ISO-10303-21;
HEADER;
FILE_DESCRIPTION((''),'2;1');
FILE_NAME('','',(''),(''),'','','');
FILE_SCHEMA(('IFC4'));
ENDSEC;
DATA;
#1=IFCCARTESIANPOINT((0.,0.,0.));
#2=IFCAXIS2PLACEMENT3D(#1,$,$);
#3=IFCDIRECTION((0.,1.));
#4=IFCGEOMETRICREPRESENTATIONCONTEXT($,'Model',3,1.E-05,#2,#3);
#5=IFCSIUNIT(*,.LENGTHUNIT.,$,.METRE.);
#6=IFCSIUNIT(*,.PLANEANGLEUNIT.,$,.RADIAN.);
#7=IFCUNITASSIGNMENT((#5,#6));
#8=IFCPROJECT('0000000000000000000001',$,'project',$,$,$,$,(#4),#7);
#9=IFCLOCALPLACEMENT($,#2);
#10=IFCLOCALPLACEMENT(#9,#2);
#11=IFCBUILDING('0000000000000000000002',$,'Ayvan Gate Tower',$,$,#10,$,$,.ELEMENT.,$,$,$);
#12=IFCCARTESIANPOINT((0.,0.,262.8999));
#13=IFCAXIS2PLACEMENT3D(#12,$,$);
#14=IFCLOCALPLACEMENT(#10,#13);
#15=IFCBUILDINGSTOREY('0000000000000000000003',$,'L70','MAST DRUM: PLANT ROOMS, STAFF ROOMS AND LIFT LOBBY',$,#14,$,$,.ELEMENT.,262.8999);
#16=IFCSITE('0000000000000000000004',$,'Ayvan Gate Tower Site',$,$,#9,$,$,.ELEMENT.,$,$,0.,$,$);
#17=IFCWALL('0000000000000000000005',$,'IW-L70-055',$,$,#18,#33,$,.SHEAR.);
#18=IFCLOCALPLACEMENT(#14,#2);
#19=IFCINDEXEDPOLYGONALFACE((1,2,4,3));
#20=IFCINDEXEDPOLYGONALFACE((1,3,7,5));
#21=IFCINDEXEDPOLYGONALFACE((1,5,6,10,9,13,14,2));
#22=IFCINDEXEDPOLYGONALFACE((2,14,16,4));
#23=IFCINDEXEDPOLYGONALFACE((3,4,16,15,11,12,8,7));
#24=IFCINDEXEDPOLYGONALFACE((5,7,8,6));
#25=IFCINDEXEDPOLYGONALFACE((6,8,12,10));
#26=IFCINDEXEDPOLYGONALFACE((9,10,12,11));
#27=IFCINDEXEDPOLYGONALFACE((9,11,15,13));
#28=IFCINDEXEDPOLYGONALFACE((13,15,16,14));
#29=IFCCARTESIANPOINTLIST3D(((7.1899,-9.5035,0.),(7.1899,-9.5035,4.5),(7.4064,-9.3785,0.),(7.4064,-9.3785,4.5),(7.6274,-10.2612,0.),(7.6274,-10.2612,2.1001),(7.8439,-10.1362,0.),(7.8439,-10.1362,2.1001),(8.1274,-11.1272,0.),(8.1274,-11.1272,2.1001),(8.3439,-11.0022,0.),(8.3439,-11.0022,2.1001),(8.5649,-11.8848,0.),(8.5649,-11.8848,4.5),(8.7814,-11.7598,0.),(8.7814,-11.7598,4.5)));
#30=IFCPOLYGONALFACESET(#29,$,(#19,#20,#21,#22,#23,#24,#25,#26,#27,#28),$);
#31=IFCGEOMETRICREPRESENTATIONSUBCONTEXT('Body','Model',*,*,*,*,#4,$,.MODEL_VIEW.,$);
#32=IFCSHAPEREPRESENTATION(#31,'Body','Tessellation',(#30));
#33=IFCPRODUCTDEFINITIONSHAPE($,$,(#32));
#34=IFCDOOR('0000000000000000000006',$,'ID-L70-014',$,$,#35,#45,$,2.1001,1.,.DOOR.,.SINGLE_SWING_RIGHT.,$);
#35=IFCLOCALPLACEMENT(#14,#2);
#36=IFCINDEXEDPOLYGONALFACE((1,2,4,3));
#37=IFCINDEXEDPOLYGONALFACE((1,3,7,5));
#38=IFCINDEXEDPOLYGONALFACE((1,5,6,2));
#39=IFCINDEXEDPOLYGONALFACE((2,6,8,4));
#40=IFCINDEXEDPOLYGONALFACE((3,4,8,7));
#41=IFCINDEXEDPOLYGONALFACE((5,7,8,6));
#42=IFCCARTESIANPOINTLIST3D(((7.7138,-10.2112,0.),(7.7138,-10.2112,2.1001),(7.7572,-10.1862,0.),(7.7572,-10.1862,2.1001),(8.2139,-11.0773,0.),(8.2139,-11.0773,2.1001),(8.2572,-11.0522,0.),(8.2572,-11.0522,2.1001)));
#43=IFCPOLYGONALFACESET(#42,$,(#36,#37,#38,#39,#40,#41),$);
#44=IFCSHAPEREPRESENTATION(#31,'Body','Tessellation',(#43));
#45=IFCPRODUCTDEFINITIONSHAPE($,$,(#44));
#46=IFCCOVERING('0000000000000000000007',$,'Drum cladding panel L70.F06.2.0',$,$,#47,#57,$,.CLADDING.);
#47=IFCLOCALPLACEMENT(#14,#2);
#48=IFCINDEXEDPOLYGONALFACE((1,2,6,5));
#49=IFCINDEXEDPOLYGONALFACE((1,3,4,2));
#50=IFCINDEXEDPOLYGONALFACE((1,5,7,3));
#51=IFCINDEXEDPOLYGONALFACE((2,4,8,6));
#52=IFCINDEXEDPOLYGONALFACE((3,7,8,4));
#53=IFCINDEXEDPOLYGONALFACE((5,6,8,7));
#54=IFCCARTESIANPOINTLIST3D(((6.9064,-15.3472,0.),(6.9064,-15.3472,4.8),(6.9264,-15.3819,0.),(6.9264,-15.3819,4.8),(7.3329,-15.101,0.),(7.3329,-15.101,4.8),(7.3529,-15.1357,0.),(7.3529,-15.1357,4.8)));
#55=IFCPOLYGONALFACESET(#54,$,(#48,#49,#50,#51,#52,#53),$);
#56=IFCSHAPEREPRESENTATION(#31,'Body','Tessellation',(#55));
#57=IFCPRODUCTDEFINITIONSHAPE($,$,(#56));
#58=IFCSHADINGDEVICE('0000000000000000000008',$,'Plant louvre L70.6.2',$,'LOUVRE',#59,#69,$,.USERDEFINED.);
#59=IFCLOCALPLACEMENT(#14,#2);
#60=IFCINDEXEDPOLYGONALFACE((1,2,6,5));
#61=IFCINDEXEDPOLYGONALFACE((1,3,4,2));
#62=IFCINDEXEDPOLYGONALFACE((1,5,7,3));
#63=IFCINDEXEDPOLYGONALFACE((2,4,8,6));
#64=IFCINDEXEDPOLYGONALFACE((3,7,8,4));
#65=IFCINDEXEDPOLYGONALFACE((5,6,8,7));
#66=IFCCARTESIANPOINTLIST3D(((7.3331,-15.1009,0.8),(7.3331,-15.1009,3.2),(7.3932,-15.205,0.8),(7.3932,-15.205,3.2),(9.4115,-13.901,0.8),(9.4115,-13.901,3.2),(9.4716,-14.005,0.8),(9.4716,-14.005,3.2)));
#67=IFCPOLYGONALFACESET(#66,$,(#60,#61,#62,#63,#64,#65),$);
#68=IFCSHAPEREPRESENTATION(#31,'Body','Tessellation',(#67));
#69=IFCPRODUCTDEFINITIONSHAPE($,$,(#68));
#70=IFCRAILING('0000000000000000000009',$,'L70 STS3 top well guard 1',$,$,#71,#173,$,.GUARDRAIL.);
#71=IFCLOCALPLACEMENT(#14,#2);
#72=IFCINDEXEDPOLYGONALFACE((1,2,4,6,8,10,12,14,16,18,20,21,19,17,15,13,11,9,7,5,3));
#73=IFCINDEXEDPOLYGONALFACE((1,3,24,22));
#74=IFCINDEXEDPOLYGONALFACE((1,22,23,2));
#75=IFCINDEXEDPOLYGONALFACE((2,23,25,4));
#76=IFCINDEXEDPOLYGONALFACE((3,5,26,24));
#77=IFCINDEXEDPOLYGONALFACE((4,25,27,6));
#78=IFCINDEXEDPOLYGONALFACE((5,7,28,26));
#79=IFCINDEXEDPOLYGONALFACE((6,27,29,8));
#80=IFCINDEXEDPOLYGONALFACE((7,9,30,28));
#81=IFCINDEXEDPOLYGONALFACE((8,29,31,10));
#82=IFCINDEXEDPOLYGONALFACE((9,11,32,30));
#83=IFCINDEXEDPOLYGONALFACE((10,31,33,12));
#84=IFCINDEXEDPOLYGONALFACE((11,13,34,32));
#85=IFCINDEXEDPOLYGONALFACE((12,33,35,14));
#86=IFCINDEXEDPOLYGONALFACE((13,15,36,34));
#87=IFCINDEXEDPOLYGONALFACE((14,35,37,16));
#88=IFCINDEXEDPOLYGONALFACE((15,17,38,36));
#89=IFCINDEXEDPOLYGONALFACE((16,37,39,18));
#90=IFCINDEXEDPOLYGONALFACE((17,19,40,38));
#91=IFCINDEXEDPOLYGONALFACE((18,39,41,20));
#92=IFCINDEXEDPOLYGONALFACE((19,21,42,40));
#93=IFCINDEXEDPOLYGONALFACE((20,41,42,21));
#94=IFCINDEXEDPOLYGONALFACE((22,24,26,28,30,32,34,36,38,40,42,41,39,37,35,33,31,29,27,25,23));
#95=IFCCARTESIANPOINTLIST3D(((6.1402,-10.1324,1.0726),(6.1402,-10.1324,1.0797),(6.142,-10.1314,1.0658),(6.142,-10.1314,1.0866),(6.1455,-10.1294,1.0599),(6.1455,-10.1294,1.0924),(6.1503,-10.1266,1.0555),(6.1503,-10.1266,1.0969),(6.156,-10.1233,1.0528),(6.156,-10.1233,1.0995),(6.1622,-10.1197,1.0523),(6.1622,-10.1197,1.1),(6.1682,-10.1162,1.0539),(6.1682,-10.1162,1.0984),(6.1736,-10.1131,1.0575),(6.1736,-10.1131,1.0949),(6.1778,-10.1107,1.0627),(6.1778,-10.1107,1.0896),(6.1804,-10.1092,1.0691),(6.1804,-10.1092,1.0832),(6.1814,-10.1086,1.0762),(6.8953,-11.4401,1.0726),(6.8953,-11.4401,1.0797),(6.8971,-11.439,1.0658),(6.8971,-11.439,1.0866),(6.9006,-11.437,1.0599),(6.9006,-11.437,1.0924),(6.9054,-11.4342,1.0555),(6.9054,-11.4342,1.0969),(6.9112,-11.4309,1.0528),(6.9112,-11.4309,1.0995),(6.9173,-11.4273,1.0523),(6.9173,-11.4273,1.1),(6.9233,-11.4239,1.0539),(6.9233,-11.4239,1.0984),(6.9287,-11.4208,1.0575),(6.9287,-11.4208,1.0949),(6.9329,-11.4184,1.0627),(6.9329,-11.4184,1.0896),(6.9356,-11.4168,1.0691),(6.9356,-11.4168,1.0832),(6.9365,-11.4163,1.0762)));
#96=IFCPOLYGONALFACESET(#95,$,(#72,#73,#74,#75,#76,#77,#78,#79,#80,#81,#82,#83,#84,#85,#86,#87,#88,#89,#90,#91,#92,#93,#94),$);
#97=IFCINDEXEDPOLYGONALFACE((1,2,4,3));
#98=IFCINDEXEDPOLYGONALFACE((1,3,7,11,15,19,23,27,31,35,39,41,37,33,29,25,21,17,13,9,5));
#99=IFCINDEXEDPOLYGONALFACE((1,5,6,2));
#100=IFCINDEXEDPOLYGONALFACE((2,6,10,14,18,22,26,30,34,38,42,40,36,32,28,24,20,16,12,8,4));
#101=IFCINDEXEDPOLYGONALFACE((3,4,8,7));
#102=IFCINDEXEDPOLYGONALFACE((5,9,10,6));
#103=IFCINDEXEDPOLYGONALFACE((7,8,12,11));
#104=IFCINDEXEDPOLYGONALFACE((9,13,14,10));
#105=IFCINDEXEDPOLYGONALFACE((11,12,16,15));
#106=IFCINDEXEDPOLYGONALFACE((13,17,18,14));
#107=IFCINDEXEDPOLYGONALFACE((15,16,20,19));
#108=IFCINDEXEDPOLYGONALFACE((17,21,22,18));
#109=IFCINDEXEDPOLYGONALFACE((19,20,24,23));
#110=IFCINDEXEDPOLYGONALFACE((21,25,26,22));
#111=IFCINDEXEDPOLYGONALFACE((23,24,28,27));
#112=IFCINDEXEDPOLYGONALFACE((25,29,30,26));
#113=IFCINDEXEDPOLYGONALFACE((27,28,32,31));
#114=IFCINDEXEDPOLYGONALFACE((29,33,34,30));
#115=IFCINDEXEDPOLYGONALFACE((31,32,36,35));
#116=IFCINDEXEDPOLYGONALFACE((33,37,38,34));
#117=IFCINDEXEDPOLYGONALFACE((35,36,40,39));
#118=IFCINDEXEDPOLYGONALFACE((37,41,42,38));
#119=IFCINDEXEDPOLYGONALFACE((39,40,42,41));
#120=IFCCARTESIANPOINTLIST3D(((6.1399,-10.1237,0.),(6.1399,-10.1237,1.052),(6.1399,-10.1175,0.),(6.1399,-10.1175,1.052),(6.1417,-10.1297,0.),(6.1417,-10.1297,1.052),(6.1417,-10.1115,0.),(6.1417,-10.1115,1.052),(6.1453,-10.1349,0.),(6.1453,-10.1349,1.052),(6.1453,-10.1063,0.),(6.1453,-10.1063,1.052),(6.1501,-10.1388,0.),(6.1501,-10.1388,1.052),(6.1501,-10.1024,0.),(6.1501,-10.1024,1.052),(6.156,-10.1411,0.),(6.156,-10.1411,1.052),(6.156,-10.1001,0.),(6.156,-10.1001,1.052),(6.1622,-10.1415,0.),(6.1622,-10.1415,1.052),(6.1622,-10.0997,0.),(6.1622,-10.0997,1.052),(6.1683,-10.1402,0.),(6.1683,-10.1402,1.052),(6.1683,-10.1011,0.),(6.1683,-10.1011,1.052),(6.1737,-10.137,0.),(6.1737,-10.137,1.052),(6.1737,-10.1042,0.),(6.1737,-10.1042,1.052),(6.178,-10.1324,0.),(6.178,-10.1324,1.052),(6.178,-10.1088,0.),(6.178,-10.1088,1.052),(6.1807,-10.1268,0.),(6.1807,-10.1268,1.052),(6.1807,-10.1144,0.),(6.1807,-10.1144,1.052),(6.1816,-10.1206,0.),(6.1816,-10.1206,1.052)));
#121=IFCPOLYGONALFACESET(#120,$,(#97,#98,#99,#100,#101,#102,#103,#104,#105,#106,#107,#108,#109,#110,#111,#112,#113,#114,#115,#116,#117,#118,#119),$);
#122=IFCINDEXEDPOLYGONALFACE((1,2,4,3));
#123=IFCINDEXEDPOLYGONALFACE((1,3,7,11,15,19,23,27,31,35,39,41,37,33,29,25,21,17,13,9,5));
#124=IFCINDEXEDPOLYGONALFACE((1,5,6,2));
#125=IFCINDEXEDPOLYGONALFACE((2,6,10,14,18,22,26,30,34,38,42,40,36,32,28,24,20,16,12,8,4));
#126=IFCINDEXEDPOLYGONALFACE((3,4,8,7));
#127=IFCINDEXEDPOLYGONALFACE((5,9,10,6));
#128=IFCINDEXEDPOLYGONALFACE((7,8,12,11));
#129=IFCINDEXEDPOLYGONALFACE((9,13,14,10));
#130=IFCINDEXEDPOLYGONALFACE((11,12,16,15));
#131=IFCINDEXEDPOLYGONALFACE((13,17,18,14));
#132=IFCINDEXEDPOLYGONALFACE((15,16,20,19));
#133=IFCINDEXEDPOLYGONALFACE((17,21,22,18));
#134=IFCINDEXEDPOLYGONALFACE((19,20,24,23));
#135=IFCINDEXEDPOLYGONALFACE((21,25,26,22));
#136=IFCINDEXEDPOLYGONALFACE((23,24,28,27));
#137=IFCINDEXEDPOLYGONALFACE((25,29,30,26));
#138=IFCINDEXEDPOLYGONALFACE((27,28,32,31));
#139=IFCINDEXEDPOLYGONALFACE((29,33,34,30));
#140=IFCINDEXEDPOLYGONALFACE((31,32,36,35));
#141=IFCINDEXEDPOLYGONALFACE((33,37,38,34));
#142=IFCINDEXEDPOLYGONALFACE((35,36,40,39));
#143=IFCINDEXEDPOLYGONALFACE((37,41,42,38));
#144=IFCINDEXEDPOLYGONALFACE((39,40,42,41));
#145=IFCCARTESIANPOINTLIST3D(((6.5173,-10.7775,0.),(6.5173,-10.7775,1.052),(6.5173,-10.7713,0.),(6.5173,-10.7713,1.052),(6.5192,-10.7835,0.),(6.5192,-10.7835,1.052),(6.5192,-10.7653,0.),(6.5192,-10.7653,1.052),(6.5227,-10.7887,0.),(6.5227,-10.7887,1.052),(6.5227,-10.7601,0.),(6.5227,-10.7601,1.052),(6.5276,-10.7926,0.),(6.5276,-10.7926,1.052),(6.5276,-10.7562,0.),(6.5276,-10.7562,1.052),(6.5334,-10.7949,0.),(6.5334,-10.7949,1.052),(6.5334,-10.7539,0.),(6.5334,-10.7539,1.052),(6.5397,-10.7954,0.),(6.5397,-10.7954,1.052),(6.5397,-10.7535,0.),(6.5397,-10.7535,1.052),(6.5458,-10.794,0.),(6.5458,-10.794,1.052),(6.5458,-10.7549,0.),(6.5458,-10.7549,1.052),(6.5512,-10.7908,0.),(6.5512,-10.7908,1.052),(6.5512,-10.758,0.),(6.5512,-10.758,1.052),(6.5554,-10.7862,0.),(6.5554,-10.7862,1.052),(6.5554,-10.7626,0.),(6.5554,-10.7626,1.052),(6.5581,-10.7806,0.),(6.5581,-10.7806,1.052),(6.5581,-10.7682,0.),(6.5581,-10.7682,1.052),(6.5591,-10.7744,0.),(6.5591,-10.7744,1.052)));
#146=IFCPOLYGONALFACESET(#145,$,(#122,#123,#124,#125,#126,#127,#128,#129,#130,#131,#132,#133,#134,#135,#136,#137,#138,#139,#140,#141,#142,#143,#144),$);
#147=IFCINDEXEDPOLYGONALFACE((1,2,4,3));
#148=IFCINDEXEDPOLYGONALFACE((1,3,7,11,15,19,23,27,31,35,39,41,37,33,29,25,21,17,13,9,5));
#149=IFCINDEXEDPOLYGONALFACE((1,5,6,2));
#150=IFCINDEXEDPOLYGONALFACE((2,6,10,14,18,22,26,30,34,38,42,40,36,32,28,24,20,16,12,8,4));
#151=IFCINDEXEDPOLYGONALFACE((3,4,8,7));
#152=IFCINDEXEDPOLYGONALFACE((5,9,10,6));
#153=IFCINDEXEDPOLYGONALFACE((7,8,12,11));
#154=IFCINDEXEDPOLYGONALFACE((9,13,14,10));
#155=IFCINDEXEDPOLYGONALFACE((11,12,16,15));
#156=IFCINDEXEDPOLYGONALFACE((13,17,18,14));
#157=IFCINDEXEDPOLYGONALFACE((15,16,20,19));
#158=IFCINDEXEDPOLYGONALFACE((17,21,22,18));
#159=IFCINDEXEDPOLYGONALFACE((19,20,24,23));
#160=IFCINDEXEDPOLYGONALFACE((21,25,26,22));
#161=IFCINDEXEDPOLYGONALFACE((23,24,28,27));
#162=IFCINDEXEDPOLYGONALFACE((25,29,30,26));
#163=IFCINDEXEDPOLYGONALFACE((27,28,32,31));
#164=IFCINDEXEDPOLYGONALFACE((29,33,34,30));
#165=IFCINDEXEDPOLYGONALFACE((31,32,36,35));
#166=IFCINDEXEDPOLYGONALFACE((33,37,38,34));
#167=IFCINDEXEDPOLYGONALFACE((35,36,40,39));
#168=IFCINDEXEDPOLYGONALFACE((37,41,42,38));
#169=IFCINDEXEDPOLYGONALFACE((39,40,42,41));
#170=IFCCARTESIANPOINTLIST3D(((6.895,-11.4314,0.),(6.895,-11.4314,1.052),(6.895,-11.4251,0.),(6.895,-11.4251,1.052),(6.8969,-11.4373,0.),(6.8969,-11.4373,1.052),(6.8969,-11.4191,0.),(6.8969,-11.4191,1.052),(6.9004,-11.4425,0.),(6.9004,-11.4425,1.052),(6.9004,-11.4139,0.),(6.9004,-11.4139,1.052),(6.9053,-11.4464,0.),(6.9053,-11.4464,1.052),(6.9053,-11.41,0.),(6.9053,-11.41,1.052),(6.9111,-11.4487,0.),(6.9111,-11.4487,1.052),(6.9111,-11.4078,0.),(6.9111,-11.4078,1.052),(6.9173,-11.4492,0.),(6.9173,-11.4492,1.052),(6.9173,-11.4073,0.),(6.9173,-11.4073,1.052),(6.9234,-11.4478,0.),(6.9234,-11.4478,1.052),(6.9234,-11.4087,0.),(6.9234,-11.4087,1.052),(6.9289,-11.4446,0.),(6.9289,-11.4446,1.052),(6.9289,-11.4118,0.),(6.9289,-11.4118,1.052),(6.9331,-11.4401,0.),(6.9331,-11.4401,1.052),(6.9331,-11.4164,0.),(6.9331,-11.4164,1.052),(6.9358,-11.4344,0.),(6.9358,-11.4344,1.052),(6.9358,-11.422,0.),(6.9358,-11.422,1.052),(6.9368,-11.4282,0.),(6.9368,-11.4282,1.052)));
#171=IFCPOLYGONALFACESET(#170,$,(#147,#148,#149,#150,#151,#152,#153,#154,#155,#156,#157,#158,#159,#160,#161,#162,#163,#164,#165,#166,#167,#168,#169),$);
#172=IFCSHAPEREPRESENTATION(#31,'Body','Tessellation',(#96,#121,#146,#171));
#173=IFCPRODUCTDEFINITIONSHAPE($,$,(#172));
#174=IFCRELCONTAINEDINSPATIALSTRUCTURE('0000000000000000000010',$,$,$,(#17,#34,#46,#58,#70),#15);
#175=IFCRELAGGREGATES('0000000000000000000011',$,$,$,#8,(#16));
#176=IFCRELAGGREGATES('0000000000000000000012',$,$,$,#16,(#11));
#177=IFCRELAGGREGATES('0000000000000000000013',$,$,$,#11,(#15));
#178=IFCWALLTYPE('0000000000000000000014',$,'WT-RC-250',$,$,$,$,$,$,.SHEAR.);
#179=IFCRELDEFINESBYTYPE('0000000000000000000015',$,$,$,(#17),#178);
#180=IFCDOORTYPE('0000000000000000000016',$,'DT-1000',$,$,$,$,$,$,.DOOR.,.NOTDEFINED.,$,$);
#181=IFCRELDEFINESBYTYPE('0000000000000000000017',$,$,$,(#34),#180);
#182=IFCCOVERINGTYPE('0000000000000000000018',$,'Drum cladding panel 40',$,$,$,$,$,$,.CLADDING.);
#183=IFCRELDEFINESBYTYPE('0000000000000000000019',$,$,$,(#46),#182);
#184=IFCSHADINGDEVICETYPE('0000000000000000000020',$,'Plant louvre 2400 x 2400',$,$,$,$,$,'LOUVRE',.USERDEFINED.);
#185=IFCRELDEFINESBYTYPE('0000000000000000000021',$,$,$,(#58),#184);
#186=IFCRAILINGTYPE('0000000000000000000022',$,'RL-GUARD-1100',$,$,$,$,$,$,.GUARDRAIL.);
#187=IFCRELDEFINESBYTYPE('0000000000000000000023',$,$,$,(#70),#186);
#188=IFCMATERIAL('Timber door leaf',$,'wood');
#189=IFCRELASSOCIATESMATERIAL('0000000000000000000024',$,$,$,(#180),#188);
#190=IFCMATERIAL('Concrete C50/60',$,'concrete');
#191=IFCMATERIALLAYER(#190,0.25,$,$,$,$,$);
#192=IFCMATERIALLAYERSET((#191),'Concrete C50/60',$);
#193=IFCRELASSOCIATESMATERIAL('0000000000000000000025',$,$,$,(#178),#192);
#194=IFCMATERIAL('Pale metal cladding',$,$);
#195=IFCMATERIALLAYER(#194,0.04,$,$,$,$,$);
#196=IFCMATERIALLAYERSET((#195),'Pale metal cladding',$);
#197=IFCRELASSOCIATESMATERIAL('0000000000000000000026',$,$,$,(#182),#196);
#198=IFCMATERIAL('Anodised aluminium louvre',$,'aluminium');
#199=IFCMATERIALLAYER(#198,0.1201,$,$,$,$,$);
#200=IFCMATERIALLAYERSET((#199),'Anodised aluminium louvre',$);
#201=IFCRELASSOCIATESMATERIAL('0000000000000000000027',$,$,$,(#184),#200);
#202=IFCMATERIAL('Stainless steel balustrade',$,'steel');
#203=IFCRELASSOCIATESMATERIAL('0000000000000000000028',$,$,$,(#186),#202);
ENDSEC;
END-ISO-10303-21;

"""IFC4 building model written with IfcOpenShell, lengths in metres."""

from ifc_helpers import new_model, si_unit, direction, frame, frame_2d, origin, origin_2d, place, context, subcontext, project, spatial, rectangle, circle, extrude, material, layer, layer_set, type_object, element, fill, save


model = new_model("IFC4")

# Units and contexts
model_context = context("Model", 3, precision=1e-05, world=origin(), true_north=direction((0.0, 1.0)))
body_context = subcontext(model_context, "Body", "Model", "MODEL_VIEW")
ifc_project = project(units=[si_unit("LENGTHUNIT", "METRE"), si_unit("PLANEANGLEUNIT", "RADIAN")], contexts=[model_context])

# Site, building, storey
site_placement = place(None, origin())
site = spatial("IfcSite", under=ifc_project, at=site_placement, Name="Ayvan Gate Tower Site", CompositionType="ELEMENT", RefElevation=0.0)
building_placement = place(site_placement, origin())
building = spatial("IfcBuilding", under=site, at=building_placement, Name="Ayvan Gate Tower", CompositionType="ELEMENT")
storey_placement = place(building_placement, frame((0.0, 0.0, 262.8999)))
storey = spatial("IfcBuildingStorey", under=building, at=storey_placement, Name="L70", Description="MAST DRUM: PLANT ROOMS, STAFF ROOMS AND LIFT LOBBY", CompositionType="ELEMENT", Elevation=262.8999)

# Shared definitions
ifc_material_1 = material(Name="Timber door leaf", Category="wood")

# Shared definitions
door_type_1 = type_object("IfcDoorType", Name="DT-1000", OperationType="NOTDEFINED", PredefinedType="DOOR", material=ifc_material_1)

# Shared definitions
ifc_material_2 = material(Name="Concrete C50/60", Category="concrete")
ifc_layer_1 = layer(ifc_material_2, 0.25)
ifc_layer_set_1 = layer_set([ifc_layer_1], Name="Concrete C50/60")
wall_type_1 = type_object("IfcWallType", Name="WT-RC-250", PredefinedType="SHEAR", material=ifc_layer_set_1)

# Wall, opening, door
wall_1_placement = place(storey_placement, frame((7.2981, -9.4409, 0.0), z_axis=(0.0, 0.0, 1.0), x_axis=(0.500035, -0.866005, 0.0)))
wall_1 = element("IfcWall", 1, at=wall_1_placement, inside=storey, type_object=wall_type_1, Name="IW-L70-055", PredefinedType="SHEAR", context=body_context, shape_type="SweptSolid", body=[
    extrude(rectangle(XDim=2.7498, YDim=0.25, at=frame_2d((1.375, 0.0))), origin(), (0.0, 0.0, 1.0), 4.5),
])
opening_1_placement = place(wall_1_placement, frame((0.875, 0.0, 0.0)))
opening_1 = element("IfcOpeningElement", 2, at=opening_1_placement, cuts=wall_1, PredefinedType="OPENING", context=body_context, shape_type="SweptSolid", body=[
    extrude(rectangle(XDim=1.0, YDim=2.1001, at=frame_2d((0.5, 1.05))), frame((0.0, 0.135, 0.0), z_axis=(0.0, -1.0, 0.0), x_axis=(1.0, 0.0, 0.0)), (0.0, 0.0, 1.0), 0.27),
])
door_1_placement = place(opening_1_placement, origin())
door_1 = element("IfcDoor", 3, at=door_1_placement, inside=storey, type_object=door_type_1, Name="ID-L70-014", OperationType="SINGLE_SWING_RIGHT", OverallHeight=2.1001, OverallWidth=1.0, PredefinedType="DOOR", context=body_context, shape_type="SweptSolid", body=[
    extrude(rectangle(XDim=1.0, YDim=2.1001, at=frame_2d((0.5, 1.05))), frame((0.0, 0.0249, 0.0), z_axis=(0.0, -1.0, 0.0), x_axis=(1.0, 0.0, 0.0)), (0.0, 0.0, 1.0), 0.05),
])
fill(opening_1, door_1)

# Covering
ifc_material_3 = material(Name="Pale metal cladding")
ifc_layer_2 = layer(ifc_material_3, 0.04)
ifc_layer_set_2 = layer_set([ifc_layer_2], Name="Pale metal cladding")
covering_type = type_object("IfcCoveringType", Name="Drum cladding panel 40", PredefinedType="CLADDING", material=ifc_layer_set_2)
covering_placement = place(storey_placement, frame((7.1296, -15.2415, 0.0), z_axis=(0.0, 0.0, 1.0), x_axis=(0.866025, 0.5, 0.0)))
element("IfcCovering", 4, at=covering_placement, inside=storey, type_object=covering_type, Name="Drum cladding panel L70.F06.2.0", PredefinedType="CLADDING", context=body_context, shape_type="SweptSolid", body=[
    extrude(rectangle(XDim=0.4924, YDim=0.04, at=origin_2d()), origin(), (0.0, 0.0, 1.0), 4.8),
])

# Shading device
ifc_material_4 = material(Name="Anodised aluminium louvre", Category="aluminium")
ifc_layer_3 = layer(ifc_material_4, 0.1201)
ifc_layer_set_3 = layer_set([ifc_layer_3], Name="Anodised aluminium louvre")
shading_device_type = type_object("IfcShadingDeviceType", Name="Plant louvre 2400 x 2400", ElementType="LOUVRE", PredefinedType="USERDEFINED", material=ifc_layer_set_3)
shading_device_placement = place(storey_placement, frame((8.4023, -14.553, 0.8), z_axis=(0.0, 0.0, 1.0), x_axis=(0.866025, 0.5, 0.0)))
element("IfcShadingDevice", 5, at=shading_device_placement, inside=storey, type_object=shading_device_type, Name="Plant louvre L70.6.2", ObjectType="LOUVRE", PredefinedType="USERDEFINED", context=body_context, shape_type="SweptSolid", body=[
    extrude(rectangle(XDim=2.3999, YDim=0.1201, at=origin_2d()), origin(), (0.0, 0.0, 1.0), 2.3999),
])

# Railing
ifc_material_5 = material(Name="Stainless steel balustrade", Category="steel")
railing_type = type_object("IfcRailingType", Name="RL-GUARD-1100", PredefinedType="GUARDRAIL", material=ifc_material_5)
railing_placement = place(storey_placement, frame((6.1606, -10.1206, 0.0)))
element("IfcRailing", 6, at=railing_placement, inside=storey, type_object=railing_type, Name="L70 STS3 top well guard 1", PredefinedType="GUARDRAIL", context=body_context, shape_type="SweptSolid", body=[
    extrude(circle(Radius=0.0239, at=origin_2d()), frame((0.0, 0.0, 1.0762), z_axis=(0.500086, -0.865976, 0.0), x_axis=(0.865976, 0.500086, 0.0)), (0.0, 0.0, 1.0), 1.51),
    extrude(circle(Radius=0.021, at=origin_2d()), origin(), (0.0, 0.0, 1.0), 1.052),
    extrude(circle(Radius=0.021, at=origin_2d()), frame((0.3774, -0.6538, 0.0)), (0.0, 0.0, 1.0), 1.052),
    extrude(circle(Radius=0.021, at=origin_2d()), frame((0.7551, -1.3076, 0.0)), (0.0, 0.0, 1.0), 1.052),
])

save(model, "model.ifc")
